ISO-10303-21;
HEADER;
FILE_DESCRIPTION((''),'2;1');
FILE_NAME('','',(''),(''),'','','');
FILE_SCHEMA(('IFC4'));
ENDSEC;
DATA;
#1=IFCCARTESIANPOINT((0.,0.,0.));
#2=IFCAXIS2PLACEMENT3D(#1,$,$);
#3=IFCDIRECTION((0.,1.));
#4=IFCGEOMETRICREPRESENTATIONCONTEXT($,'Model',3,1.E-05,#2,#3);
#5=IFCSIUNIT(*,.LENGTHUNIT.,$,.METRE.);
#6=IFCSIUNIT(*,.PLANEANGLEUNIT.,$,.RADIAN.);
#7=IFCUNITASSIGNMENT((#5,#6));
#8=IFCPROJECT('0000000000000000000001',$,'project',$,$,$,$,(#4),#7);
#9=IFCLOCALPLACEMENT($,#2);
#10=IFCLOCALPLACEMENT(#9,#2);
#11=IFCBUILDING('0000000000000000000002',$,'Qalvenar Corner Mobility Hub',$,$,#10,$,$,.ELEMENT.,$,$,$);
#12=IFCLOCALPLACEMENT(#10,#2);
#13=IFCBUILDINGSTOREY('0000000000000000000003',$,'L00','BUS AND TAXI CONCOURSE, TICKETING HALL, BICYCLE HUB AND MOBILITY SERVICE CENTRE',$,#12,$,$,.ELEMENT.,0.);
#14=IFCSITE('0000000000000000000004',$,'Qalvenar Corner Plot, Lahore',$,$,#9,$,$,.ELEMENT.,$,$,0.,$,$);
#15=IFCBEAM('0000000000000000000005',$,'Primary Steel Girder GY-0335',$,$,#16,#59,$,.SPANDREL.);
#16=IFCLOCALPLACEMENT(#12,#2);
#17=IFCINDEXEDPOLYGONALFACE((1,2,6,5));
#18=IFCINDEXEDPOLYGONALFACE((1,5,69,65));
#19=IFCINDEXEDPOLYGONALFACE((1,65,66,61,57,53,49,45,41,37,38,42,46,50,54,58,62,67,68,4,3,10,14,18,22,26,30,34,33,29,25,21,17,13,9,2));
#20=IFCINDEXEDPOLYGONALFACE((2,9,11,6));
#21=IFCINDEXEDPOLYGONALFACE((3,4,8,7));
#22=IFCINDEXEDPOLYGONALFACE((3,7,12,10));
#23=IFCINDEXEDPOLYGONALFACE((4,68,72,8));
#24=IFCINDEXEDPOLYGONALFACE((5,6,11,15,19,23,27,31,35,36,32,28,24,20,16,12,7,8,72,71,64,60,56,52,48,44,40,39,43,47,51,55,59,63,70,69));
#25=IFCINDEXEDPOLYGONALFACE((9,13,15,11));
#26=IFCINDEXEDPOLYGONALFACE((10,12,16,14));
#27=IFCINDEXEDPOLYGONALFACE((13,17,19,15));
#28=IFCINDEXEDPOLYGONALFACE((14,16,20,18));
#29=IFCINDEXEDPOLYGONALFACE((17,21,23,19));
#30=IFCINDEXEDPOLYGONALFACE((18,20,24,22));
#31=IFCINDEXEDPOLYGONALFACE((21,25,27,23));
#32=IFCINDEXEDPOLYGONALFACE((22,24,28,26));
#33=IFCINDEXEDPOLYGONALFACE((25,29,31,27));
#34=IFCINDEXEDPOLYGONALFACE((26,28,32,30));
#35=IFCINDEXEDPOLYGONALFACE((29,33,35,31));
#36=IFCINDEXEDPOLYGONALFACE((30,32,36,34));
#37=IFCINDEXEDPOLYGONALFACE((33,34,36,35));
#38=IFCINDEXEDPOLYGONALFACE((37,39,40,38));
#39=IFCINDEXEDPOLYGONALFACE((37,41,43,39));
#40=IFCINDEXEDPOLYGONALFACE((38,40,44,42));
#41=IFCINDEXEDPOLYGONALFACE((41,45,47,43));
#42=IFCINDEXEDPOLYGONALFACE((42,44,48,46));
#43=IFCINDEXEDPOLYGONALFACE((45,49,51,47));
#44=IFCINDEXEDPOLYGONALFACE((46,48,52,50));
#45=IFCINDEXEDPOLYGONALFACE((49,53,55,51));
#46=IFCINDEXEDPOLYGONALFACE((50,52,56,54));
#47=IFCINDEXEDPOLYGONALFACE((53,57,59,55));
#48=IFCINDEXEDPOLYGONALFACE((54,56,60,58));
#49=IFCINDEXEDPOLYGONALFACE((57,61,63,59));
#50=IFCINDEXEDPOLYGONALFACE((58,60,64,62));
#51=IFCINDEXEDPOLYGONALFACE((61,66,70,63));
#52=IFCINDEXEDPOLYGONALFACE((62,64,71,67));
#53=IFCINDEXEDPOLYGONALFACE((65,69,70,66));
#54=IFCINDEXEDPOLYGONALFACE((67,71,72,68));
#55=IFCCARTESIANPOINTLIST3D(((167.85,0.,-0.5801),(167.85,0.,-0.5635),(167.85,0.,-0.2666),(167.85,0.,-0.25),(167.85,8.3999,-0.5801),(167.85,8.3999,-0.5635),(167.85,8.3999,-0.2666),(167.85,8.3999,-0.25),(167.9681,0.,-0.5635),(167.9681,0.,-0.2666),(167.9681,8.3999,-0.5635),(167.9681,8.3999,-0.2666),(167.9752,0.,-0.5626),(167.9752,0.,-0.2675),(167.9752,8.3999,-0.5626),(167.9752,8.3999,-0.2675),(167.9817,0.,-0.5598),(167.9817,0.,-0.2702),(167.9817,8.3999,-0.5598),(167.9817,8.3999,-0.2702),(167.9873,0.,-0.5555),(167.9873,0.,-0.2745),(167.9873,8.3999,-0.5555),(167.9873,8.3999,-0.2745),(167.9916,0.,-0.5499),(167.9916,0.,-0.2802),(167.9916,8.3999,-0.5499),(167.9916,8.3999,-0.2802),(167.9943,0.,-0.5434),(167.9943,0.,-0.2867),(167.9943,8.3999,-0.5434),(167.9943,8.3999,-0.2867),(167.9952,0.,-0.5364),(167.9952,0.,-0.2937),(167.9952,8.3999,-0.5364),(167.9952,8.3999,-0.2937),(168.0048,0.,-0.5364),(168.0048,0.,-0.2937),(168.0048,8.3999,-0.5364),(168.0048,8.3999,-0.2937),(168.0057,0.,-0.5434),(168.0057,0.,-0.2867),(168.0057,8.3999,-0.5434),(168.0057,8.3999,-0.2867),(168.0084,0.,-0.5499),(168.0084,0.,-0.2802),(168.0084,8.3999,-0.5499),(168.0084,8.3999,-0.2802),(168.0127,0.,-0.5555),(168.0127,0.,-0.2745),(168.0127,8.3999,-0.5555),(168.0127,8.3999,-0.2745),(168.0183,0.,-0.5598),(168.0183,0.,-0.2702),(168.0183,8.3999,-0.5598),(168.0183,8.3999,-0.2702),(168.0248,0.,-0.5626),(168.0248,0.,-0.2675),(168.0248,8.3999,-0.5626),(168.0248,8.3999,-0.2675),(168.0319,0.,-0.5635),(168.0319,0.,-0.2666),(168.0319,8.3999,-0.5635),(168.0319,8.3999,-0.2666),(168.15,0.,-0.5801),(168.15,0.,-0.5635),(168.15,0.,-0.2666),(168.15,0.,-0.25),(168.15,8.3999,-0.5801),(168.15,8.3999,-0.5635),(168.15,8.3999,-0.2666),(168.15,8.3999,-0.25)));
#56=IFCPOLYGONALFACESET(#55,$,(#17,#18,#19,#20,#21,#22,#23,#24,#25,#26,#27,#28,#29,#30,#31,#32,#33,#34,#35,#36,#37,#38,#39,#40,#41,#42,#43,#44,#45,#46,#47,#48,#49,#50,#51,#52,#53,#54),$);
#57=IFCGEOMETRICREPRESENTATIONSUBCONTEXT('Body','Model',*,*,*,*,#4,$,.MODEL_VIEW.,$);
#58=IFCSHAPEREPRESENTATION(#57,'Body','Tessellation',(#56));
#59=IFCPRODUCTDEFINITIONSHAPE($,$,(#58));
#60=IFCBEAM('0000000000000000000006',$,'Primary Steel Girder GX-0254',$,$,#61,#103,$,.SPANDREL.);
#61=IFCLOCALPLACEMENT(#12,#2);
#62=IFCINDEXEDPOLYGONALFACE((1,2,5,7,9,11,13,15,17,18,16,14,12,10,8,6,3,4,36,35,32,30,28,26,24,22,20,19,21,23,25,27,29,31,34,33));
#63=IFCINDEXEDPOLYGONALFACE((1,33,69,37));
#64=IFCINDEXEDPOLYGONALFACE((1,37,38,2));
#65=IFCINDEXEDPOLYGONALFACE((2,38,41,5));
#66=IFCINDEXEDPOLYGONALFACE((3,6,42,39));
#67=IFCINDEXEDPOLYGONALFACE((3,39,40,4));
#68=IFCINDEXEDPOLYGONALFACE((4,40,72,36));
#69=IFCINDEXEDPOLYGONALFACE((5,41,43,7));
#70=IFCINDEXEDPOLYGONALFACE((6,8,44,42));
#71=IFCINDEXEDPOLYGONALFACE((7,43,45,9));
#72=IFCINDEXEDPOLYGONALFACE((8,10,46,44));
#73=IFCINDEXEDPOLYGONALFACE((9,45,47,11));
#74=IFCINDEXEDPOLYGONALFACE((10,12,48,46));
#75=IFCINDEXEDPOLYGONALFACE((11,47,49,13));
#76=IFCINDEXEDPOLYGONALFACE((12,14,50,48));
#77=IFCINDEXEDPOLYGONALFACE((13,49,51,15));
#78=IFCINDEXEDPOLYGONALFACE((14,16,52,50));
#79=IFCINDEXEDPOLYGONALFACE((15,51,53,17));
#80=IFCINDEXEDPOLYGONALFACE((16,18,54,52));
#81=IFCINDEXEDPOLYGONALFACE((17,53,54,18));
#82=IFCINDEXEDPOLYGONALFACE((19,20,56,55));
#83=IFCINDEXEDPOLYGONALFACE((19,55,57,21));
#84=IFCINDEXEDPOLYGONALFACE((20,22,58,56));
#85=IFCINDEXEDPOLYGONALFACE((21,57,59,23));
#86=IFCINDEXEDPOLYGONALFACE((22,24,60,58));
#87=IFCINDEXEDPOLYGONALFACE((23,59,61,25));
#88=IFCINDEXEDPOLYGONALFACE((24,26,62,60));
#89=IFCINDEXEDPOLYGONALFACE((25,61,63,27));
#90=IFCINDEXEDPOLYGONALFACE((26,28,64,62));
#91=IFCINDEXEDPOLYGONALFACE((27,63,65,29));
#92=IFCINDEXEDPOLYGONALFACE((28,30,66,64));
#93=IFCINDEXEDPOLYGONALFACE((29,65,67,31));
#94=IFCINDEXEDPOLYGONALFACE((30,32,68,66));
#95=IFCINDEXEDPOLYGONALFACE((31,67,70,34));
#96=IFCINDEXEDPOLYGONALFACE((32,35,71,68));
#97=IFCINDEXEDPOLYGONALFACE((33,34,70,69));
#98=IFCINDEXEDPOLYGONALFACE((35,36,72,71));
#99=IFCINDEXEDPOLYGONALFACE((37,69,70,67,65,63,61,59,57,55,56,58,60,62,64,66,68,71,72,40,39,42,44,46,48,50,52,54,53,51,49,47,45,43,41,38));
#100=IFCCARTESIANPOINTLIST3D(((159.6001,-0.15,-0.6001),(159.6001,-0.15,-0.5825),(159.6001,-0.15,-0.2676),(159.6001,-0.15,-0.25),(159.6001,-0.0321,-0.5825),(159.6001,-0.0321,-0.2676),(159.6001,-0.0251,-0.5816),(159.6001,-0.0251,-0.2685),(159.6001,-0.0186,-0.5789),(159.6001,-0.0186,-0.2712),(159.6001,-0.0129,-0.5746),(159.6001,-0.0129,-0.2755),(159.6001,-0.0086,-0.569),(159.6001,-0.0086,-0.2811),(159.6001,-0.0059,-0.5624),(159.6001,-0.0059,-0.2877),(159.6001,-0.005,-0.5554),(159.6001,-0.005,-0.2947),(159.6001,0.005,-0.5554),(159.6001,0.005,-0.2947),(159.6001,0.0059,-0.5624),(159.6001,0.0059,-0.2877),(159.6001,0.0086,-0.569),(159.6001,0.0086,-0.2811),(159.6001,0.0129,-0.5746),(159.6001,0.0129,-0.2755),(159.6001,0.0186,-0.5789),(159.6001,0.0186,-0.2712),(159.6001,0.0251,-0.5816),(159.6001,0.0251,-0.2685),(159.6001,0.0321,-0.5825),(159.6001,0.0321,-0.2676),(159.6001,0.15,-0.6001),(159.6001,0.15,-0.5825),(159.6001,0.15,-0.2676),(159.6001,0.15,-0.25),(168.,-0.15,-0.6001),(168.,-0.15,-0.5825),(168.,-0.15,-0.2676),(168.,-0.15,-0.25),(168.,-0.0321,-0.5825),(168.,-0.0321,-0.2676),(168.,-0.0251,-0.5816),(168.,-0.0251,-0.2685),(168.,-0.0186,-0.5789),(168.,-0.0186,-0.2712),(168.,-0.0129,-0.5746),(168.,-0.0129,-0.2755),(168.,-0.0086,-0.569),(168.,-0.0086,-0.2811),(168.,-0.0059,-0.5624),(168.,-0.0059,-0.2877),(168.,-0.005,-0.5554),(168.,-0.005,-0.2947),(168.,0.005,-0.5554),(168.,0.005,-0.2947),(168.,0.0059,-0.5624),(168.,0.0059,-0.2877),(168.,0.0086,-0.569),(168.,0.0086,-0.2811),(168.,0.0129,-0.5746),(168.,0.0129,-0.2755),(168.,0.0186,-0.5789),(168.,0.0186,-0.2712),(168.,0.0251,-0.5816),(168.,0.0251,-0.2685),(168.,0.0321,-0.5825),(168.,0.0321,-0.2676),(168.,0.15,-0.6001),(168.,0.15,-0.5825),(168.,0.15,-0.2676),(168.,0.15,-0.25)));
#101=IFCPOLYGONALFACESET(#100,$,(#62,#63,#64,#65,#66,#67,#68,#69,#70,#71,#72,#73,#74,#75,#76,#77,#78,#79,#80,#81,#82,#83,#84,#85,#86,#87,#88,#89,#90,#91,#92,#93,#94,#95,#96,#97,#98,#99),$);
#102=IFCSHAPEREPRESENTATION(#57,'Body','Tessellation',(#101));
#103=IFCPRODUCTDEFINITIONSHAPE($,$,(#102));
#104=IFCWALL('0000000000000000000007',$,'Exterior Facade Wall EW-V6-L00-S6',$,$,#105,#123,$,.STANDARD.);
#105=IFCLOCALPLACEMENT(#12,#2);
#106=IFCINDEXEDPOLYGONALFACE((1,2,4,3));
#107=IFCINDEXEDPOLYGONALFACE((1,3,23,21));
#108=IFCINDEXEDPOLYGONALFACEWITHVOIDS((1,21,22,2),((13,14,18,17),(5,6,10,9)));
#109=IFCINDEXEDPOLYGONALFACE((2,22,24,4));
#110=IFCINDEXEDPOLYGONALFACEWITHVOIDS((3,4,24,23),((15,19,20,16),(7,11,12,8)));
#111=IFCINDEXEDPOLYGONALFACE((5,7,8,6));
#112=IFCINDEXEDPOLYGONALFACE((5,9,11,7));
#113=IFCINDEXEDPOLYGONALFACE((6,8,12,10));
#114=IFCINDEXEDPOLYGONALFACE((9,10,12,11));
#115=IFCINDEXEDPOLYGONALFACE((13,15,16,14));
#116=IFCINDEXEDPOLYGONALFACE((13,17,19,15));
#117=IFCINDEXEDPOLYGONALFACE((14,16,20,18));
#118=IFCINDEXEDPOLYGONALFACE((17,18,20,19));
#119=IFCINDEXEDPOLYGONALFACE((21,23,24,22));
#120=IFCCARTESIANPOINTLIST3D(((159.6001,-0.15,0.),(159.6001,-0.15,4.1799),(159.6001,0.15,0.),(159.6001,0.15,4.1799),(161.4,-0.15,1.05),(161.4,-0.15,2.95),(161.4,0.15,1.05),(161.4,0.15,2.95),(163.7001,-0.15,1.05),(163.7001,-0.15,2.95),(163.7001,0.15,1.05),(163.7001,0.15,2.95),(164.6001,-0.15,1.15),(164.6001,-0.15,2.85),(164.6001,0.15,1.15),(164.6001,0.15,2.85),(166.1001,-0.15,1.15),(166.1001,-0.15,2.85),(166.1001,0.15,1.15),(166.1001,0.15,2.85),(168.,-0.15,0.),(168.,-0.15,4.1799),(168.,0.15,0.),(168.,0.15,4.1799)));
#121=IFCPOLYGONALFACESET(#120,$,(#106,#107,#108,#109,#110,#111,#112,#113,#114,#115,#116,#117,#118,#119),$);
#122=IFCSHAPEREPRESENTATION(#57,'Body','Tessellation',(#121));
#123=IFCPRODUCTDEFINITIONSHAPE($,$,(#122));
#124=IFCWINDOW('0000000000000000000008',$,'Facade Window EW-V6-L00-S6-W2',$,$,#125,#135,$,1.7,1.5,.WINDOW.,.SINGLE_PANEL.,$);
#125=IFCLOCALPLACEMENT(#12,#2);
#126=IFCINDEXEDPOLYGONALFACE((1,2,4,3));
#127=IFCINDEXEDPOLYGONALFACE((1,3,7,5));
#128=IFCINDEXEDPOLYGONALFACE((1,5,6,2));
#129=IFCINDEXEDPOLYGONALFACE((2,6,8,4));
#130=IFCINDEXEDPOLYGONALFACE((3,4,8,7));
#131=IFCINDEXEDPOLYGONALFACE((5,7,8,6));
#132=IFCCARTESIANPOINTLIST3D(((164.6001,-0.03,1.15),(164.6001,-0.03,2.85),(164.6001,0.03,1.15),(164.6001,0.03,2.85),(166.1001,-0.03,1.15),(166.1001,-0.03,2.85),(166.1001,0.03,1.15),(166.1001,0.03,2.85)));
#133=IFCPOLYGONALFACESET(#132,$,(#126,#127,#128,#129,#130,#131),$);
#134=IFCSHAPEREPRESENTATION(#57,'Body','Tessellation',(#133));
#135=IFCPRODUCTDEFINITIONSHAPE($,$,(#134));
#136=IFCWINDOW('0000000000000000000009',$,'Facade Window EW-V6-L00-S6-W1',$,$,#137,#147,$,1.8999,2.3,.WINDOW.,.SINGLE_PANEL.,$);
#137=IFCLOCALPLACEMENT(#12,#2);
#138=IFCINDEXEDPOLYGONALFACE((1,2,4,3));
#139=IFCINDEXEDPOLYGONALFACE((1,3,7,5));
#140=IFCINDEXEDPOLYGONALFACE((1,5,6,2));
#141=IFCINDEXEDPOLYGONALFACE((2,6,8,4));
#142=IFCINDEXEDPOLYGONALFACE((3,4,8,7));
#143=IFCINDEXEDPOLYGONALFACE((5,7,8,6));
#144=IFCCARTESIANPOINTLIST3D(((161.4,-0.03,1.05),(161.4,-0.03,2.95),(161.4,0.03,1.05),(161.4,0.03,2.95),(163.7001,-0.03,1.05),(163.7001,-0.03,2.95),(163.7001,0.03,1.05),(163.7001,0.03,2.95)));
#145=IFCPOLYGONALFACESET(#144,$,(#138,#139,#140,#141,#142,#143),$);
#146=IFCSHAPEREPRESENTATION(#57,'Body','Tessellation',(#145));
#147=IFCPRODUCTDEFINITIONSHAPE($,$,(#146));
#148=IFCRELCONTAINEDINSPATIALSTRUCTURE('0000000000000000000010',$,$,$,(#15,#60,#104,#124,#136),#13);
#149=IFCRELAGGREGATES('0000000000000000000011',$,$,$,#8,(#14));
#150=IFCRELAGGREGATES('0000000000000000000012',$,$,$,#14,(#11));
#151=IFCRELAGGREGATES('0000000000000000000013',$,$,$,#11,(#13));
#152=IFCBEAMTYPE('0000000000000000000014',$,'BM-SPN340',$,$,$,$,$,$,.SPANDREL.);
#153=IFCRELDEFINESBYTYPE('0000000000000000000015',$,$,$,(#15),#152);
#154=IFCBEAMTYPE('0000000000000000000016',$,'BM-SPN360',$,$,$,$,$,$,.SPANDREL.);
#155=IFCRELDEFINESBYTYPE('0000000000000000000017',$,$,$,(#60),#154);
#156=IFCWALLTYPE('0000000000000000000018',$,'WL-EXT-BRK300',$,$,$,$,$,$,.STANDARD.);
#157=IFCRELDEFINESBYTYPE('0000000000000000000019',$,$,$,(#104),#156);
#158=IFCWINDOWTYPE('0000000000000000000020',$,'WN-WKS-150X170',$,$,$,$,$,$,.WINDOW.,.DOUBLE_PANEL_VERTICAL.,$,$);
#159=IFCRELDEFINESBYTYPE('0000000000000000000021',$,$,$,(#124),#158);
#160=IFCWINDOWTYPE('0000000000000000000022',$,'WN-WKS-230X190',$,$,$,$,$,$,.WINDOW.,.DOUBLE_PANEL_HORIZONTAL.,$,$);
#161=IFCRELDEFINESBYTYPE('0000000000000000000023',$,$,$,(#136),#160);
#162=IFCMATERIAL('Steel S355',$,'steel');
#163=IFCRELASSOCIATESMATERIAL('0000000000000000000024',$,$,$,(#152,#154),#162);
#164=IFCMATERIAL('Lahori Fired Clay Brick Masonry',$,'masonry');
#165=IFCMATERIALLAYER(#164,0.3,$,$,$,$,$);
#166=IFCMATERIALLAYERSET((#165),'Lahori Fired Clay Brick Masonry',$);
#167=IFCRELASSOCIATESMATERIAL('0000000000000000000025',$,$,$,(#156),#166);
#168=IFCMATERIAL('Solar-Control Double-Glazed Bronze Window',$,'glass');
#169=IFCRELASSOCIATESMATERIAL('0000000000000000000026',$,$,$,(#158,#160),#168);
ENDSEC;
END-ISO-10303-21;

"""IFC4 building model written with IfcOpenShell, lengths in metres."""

from ifc_helpers import new_model, si_unit, direction, frame, frame_2d, origin, origin_2d, place, context, subcontext, project, spatial, rectangle, i_section, extrude, material, layer, layer_set, material_profile, profile_set, type_object, element, fill, save


model = new_model("IFC4")

# Units and contexts
model_context = context("Model", 3, precision=1e-05, world=origin(), true_north=direction((0.0, 1.0)))
body_context = subcontext(model_context, "Body", "Model", "MODEL_VIEW")
ifc_project = project(units=[si_unit("LENGTHUNIT", "METRE"), si_unit("PLANEANGLEUNIT", "RADIAN")], contexts=[model_context])

# Site, building, storey
site_placement = place(None, origin())
site = spatial("IfcSite", under=ifc_project, at=site_placement, Name="Qalvenar Corner Plot, Lahore", CompositionType="ELEMENT", RefElevation=0.0)
building_placement = place(site_placement, origin())
building = spatial("IfcBuilding", under=site, at=building_placement, Name="Qalvenar Corner Mobility Hub", CompositionType="ELEMENT")
storey_placement = place(building_placement, origin())
storey = spatial("IfcBuildingStorey", under=building, at=storey_placement, Name="L00", Description="BUS AND TAXI CONCOURSE, TICKETING HALL, BICYCLE HUB AND MOBILITY SERVICE CENTRE", CompositionType="ELEMENT", Elevation=0.0)

# Shared definitions
ifc_material_1 = material(Name="Steel S355", Category="steel")

# Beams
ifc_material_profile_1 = material_profile(ifc_material_1, i_section(OverallWidth=0.3, OverallDepth=0.3301, WebThickness=0.0095, FlangeThickness=0.0166, FilletRadius=0.0271, at=origin_2d()), Name="HEA340")
ifc_profile_set_1 = profile_set([ifc_material_profile_1], Name="Steel S355")
beam_type_1 = type_object("IfcBeamType", Name="BM-SPN340", PredefinedType="SPANDREL", material=ifc_profile_set_1)
beam_1_placement = place(storey_placement, frame((168.0, 0.0, -0.415), z_axis=(0.0, 1.0, 0.0), x_axis=(-1.0, 0.0, 0.0)))
element("IfcBeam", 1, at=beam_1_placement, inside=storey, type_object=beam_type_1, Name="Primary Steel Girder GY-0335", PredefinedType="SPANDREL", context=body_context, shape_type="SweptSolid", body=[
    extrude(i_section(OverallWidth=0.3, OverallDepth=0.3301, WebThickness=0.0095, FlangeThickness=0.0166, FilletRadius=0.0271, at=origin_2d()), origin(), (0.0, 0.0, 1.0), 8.3999),
])
ifc_material_profile_2 = material_profile(ifc_material_1, i_section(OverallWidth=0.3, OverallDepth=0.3501, WebThickness=0.01, FlangeThickness=0.0176, FilletRadius=0.0271, at=origin_2d()), Name="HEA360")
ifc_profile_set_2 = profile_set([ifc_material_profile_2], Name="Steel S355")
beam_type_2 = type_object("IfcBeamType", Name="BM-SPN360", PredefinedType="SPANDREL", material=ifc_profile_set_2)
beam_2_placement = place(storey_placement, frame((159.6001, 0.0, -0.425), z_axis=(1.0, 0.0, 0.0), x_axis=(0.0, 1.0, 0.0)))
element("IfcBeam", 2, at=beam_2_placement, inside=storey, type_object=beam_type_2, Name="Primary Steel Girder GX-0254", PredefinedType="SPANDREL", context=body_context, shape_type="SweptSolid", body=[
    extrude(i_section(OverallWidth=0.3, OverallDepth=0.3501, WebThickness=0.01, FlangeThickness=0.0176, FilletRadius=0.0271, at=origin_2d()), origin(), (0.0, 0.0, 1.0), 8.3999),
])

# Wall, openings, windows
ifc_material_2 = material(Name="Lahori Fired Clay Brick Masonry", Category="masonry")
ifc_layer_1 = layer(ifc_material_2, 0.3)
ifc_layer_set_1 = layer_set([ifc_layer_1], Name="Lahori Fired Clay Brick Masonry")
wall_type_1 = type_object("IfcWallType", Name="WL-EXT-BRK300", PredefinedType="STANDARD", material=ifc_layer_set_1)
wall_1_placement = place(storey_placement, frame((159.6001, 0.0, 0.0), z_axis=(0.0, 0.0, 1.0), x_axis=(1.0, 0.0, 0.0)))
wall_1 = element("IfcWall", 3, at=wall_1_placement, inside=storey, type_object=wall_type_1, Name="Exterior Facade Wall EW-V6-L00-S6", PredefinedType="STANDARD", context=body_context, shape_type="SweptSolid", body=[
    extrude(rectangle(XDim=8.3999, YDim=0.3, at=frame_2d((4.2, 0.0))), origin(), (0.0, 0.0, 1.0), 4.1799),
])
opening_1_placement = place(wall_1_placement, frame((1.8, 0.0, 1.05)))
opening_1 = element("IfcOpeningElement", 4, at=opening_1_placement, cuts=wall_1, PredefinedType="OPENING", context=body_context, shape_type="SweptSolid", body=[
    extrude(rectangle(XDim=2.3, YDim=1.8999, at=frame_2d((1.1499, 0.95))), frame((0.0, 0.1602, 0.0), z_axis=(0.0, -1.0, 0.0), x_axis=(1.0, 0.0, 0.0)), (0.0, 0.0, 1.0), 0.3201),
])
opening_2_placement = place(wall_1_placement, frame((5.0, 0.0, 1.1499)))
opening_2 = element("IfcOpeningElement", 5, at=opening_2_placement, cuts=wall_1, PredefinedType="OPENING", context=body_context, shape_type="SweptSolid", body=[
    extrude(rectangle(XDim=1.5, YDim=1.7, at=frame_2d((0.75, 0.8501))), frame((0.0, 0.1602, 0.0), z_axis=(0.0, -1.0, 0.0), x_axis=(1.0, 0.0, 0.0)), (0.0, 0.0, 1.0), 0.3201),
])
ifc_material_3 = material(Name="Solar-Control Double-Glazed Bronze Window", Category="glass")
window_type_1 = type_object("IfcWindowType", Name="WN-WKS-150X170", PartitioningType="DOUBLE_PANEL_VERTICAL", PredefinedType="WINDOW", material=ifc_material_3)
window_1_placement = place(opening_2_placement, origin())
window_1 = element("IfcWindow", 6, at=window_1_placement, inside=storey, type_object=window_type_1, Name="Facade Window EW-V6-L00-S6-W2", OverallHeight=1.7, OverallWidth=1.5, PartitioningType="SINGLE_PANEL", PredefinedType="WINDOW", context=body_context, shape_type="SweptSolid", body=[
    extrude(rectangle(XDim=1.5, YDim=1.7, at=frame_2d((0.75, 0.8501))), frame((0.0, 0.03, 0.0), z_axis=(0.0, -1.0, 0.0), x_axis=(1.0, 0.0, 0.0)), (0.0, 0.0, 1.0), 0.0601),
])
fill(opening_2, window_1)
window_type_2 = type_object("IfcWindowType", Name="WN-WKS-230X190", PartitioningType="DOUBLE_PANEL_HORIZONTAL", PredefinedType="WINDOW", material=ifc_material_3)
window_2_placement = place(opening_1_placement, origin())
window_2 = element("IfcWindow", 7, at=window_2_placement, inside=storey, type_object=window_type_2, Name="Facade Window EW-V6-L00-S6-W1", OverallHeight=1.8999, OverallWidth=2.3, PartitioningType="SINGLE_PANEL", PredefinedType="WINDOW", context=body_context, shape_type="SweptSolid", body=[
    extrude(rectangle(XDim=2.3, YDim=1.8999, at=frame_2d((1.1499, 0.95))), frame((0.0, 0.03, 0.0), z_axis=(0.0, -1.0, 0.0), x_axis=(1.0, 0.0, 0.0)), (0.0, 0.0, 1.0), 0.0601),
])
fill(opening_1, window_2)

save(model, "model.ifc")
